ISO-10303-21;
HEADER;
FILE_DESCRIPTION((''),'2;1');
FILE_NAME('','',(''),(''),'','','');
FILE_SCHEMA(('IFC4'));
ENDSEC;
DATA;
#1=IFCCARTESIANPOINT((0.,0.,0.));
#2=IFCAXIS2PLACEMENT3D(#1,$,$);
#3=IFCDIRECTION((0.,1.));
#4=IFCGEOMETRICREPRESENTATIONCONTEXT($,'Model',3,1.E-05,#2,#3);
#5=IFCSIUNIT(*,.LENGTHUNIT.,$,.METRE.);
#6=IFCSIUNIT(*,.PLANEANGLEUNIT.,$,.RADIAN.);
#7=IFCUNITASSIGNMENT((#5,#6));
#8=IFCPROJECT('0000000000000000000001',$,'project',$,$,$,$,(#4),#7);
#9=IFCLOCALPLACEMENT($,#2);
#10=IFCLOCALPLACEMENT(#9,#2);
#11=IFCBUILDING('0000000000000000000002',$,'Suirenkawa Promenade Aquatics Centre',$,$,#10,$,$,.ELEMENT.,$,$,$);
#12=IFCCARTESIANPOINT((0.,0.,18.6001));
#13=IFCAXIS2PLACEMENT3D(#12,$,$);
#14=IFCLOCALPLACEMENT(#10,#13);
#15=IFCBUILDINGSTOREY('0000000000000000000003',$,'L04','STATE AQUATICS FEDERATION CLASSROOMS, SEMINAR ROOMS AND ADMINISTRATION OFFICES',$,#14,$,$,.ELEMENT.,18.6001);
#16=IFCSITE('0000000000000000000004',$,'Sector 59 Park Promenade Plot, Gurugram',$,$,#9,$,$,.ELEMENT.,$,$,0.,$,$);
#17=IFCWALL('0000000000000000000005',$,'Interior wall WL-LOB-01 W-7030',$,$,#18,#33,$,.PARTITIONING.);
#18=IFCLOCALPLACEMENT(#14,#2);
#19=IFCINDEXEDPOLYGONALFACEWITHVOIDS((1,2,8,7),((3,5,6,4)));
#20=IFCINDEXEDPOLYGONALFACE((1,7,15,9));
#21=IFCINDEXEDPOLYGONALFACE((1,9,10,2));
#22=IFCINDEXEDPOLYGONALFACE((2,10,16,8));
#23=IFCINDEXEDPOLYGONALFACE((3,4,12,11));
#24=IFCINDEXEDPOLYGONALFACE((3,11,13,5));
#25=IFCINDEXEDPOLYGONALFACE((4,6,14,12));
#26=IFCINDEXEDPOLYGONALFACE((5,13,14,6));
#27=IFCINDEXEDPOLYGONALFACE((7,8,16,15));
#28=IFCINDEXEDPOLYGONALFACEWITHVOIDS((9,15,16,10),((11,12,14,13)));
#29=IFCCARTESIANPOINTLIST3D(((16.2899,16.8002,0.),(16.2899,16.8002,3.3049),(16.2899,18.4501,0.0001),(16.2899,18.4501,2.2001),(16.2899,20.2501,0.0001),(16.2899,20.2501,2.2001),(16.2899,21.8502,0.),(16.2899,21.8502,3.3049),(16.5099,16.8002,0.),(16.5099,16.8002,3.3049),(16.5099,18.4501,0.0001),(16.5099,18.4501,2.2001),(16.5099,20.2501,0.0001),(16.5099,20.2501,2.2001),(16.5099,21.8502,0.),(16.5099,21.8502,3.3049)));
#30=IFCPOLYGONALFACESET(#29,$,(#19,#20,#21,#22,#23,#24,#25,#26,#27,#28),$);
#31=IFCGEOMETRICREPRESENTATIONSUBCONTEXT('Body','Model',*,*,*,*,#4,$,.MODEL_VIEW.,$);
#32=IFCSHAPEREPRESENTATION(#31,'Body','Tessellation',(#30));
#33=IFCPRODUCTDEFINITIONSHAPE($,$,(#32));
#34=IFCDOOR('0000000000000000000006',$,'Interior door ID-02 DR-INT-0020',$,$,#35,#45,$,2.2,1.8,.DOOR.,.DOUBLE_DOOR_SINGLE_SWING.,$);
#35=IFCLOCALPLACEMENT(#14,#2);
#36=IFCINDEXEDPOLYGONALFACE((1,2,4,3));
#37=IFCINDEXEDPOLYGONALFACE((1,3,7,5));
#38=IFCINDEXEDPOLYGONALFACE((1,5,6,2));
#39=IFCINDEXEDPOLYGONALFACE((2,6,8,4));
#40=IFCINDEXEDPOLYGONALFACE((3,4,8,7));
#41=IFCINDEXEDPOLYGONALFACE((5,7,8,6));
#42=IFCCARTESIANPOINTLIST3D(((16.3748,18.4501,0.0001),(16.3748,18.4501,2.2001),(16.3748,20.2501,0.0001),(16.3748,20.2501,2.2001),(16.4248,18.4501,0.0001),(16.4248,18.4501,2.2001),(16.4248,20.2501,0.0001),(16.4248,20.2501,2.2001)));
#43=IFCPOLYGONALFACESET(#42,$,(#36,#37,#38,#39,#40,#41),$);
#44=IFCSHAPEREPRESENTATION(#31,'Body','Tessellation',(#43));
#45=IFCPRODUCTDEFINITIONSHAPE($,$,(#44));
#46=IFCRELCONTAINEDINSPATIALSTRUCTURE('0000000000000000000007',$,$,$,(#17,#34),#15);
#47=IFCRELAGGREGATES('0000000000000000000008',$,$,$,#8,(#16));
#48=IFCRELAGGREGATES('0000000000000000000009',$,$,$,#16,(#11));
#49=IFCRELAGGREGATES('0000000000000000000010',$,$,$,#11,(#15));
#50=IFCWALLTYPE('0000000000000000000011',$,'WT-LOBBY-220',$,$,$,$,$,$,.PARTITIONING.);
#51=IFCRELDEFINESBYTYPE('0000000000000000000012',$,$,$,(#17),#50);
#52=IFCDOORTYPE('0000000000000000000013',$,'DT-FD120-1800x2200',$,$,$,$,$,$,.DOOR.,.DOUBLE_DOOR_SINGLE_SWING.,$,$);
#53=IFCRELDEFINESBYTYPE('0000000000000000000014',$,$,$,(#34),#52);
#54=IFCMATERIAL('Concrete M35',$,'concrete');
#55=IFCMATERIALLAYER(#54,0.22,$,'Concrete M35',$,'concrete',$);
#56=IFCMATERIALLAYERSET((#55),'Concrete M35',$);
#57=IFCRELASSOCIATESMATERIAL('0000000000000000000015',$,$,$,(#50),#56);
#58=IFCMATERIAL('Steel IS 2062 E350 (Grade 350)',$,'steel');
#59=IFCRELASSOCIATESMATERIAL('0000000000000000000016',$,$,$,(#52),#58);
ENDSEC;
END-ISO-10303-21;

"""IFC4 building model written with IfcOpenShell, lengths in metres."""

from ifc_helpers import new_model, si_unit, direction, frame, frame_2d, origin, place, context, subcontext, project, spatial, rectangle, extrude, material, layer, layer_set, type_object, element, fill, save


model = new_model("IFC4")

# Units and contexts
model_context = context("Model", 3, precision=1e-05, world=origin(), true_north=direction((0.0, 1.0)))
body_context = subcontext(model_context, "Body", "Model", "MODEL_VIEW")
ifc_project = project(units=[si_unit("LENGTHUNIT", "METRE"), si_unit("PLANEANGLEUNIT", "RADIAN")], contexts=[model_context])

# Site, building, storey
site_placement = place(None, origin())
site = spatial("IfcSite", under=ifc_project, at=site_placement, Name="Sector 59 Park Promenade Plot, Gurugram", CompositionType="ELEMENT", RefElevation=0.0)
building_placement = place(site_placement, origin())
building = spatial("IfcBuilding", under=site, at=building_placement, Name="Suirenkawa Promenade Aquatics Centre", CompositionType="ELEMENT")
storey_placement = place(building_placement, frame((0.0, 0.0, 18.6001)))
storey = spatial("IfcBuildingStorey", under=building, at=storey_placement, Name="L04", Description="STATE AQUATICS FEDERATION CLASSROOMS, SEMINAR ROOMS AND ADMINISTRATION OFFICES", CompositionType="ELEMENT", Elevation=18.6001)

# Shared definitions
ifc_material_1 = material(Name="Steel IS 2062 E350 (Grade 350)", Category="steel")
ifc_material_2 = material(Name="Concrete M35", Category="concrete")

# Wall, opening, door
ifc_layer_1 = layer(ifc_material_2, 0.22, Name="Concrete M35", Category="concrete")
ifc_layer_set_1 = layer_set([ifc_layer_1], Name="Concrete M35")
wall_type_1 = type_object("IfcWallType", Name="WT-LOBBY-220", PredefinedType="PARTITIONING", material=ifc_layer_set_1)
wall_1_placement = place(storey_placement, frame((16.3999, 21.8501, 0.0), z_axis=(0.0, 0.0, 1.0), x_axis=(0.0, -1.0, 0.0)))
wall_1 = element("IfcWall", 1, at=wall_1_placement, inside=storey, type_object=wall_type_1, Name="Interior wall WL-LOB-01 W-7030", PredefinedType="PARTITIONING", context=body_context, shape_type="SweptSolid", body=[
    extrude(rectangle(XDim=5.05, YDim=0.22, at=frame_2d((2.5249, 0.0))), origin(), (0.0, 0.0, 1.0), 3.3049),
])
opening_1_placement = place(wall_1_placement, frame((1.6001, 0.0, 0.0)))
opening_1 = element("IfcOpeningElement", 2, at=opening_1_placement, cuts=wall_1, PredefinedType="OPENING", context=body_context, shape_type="SweptSolid", body=[
    extrude(rectangle(XDim=1.8, YDim=2.2, at=frame_2d((0.8999, 1.1001))), frame((0.0, 0.1199, 0.0), z_axis=(0.0, -1.0, 0.0), x_axis=(1.0, 0.0, 0.0)), (0.0, 0.0, 1.0), 0.24),
])
door_type_1 = type_object("IfcDoorType", Name="DT-FD120-1800x2200", OperationType="DOUBLE_DOOR_SINGLE_SWING", PredefinedType="DOOR", material=ifc_material_1)
door_1_placement = place(opening_1_placement, origin())
door_1 = element("IfcDoor", 3, at=door_1_placement, inside=storey, type_object=door_type_1, Name="Interior door ID-02 DR-INT-0020", OperationType="DOUBLE_DOOR_SINGLE_SWING", OverallHeight=2.2, OverallWidth=1.8, PredefinedType="DOOR", context=body_context, shape_type="SweptSolid", body=[
    extrude(rectangle(XDim=1.8, YDim=2.2, at=frame_2d((0.8999, 1.1001))), frame((0.0, 0.0249, 0.0), z_axis=(0.0, -1.0, 0.0), x_axis=(1.0, 0.0, 0.0)), (0.0, 0.0, 1.0), 0.05),
])
fill(opening_1, door_1)

save(model, "model.ifc")
